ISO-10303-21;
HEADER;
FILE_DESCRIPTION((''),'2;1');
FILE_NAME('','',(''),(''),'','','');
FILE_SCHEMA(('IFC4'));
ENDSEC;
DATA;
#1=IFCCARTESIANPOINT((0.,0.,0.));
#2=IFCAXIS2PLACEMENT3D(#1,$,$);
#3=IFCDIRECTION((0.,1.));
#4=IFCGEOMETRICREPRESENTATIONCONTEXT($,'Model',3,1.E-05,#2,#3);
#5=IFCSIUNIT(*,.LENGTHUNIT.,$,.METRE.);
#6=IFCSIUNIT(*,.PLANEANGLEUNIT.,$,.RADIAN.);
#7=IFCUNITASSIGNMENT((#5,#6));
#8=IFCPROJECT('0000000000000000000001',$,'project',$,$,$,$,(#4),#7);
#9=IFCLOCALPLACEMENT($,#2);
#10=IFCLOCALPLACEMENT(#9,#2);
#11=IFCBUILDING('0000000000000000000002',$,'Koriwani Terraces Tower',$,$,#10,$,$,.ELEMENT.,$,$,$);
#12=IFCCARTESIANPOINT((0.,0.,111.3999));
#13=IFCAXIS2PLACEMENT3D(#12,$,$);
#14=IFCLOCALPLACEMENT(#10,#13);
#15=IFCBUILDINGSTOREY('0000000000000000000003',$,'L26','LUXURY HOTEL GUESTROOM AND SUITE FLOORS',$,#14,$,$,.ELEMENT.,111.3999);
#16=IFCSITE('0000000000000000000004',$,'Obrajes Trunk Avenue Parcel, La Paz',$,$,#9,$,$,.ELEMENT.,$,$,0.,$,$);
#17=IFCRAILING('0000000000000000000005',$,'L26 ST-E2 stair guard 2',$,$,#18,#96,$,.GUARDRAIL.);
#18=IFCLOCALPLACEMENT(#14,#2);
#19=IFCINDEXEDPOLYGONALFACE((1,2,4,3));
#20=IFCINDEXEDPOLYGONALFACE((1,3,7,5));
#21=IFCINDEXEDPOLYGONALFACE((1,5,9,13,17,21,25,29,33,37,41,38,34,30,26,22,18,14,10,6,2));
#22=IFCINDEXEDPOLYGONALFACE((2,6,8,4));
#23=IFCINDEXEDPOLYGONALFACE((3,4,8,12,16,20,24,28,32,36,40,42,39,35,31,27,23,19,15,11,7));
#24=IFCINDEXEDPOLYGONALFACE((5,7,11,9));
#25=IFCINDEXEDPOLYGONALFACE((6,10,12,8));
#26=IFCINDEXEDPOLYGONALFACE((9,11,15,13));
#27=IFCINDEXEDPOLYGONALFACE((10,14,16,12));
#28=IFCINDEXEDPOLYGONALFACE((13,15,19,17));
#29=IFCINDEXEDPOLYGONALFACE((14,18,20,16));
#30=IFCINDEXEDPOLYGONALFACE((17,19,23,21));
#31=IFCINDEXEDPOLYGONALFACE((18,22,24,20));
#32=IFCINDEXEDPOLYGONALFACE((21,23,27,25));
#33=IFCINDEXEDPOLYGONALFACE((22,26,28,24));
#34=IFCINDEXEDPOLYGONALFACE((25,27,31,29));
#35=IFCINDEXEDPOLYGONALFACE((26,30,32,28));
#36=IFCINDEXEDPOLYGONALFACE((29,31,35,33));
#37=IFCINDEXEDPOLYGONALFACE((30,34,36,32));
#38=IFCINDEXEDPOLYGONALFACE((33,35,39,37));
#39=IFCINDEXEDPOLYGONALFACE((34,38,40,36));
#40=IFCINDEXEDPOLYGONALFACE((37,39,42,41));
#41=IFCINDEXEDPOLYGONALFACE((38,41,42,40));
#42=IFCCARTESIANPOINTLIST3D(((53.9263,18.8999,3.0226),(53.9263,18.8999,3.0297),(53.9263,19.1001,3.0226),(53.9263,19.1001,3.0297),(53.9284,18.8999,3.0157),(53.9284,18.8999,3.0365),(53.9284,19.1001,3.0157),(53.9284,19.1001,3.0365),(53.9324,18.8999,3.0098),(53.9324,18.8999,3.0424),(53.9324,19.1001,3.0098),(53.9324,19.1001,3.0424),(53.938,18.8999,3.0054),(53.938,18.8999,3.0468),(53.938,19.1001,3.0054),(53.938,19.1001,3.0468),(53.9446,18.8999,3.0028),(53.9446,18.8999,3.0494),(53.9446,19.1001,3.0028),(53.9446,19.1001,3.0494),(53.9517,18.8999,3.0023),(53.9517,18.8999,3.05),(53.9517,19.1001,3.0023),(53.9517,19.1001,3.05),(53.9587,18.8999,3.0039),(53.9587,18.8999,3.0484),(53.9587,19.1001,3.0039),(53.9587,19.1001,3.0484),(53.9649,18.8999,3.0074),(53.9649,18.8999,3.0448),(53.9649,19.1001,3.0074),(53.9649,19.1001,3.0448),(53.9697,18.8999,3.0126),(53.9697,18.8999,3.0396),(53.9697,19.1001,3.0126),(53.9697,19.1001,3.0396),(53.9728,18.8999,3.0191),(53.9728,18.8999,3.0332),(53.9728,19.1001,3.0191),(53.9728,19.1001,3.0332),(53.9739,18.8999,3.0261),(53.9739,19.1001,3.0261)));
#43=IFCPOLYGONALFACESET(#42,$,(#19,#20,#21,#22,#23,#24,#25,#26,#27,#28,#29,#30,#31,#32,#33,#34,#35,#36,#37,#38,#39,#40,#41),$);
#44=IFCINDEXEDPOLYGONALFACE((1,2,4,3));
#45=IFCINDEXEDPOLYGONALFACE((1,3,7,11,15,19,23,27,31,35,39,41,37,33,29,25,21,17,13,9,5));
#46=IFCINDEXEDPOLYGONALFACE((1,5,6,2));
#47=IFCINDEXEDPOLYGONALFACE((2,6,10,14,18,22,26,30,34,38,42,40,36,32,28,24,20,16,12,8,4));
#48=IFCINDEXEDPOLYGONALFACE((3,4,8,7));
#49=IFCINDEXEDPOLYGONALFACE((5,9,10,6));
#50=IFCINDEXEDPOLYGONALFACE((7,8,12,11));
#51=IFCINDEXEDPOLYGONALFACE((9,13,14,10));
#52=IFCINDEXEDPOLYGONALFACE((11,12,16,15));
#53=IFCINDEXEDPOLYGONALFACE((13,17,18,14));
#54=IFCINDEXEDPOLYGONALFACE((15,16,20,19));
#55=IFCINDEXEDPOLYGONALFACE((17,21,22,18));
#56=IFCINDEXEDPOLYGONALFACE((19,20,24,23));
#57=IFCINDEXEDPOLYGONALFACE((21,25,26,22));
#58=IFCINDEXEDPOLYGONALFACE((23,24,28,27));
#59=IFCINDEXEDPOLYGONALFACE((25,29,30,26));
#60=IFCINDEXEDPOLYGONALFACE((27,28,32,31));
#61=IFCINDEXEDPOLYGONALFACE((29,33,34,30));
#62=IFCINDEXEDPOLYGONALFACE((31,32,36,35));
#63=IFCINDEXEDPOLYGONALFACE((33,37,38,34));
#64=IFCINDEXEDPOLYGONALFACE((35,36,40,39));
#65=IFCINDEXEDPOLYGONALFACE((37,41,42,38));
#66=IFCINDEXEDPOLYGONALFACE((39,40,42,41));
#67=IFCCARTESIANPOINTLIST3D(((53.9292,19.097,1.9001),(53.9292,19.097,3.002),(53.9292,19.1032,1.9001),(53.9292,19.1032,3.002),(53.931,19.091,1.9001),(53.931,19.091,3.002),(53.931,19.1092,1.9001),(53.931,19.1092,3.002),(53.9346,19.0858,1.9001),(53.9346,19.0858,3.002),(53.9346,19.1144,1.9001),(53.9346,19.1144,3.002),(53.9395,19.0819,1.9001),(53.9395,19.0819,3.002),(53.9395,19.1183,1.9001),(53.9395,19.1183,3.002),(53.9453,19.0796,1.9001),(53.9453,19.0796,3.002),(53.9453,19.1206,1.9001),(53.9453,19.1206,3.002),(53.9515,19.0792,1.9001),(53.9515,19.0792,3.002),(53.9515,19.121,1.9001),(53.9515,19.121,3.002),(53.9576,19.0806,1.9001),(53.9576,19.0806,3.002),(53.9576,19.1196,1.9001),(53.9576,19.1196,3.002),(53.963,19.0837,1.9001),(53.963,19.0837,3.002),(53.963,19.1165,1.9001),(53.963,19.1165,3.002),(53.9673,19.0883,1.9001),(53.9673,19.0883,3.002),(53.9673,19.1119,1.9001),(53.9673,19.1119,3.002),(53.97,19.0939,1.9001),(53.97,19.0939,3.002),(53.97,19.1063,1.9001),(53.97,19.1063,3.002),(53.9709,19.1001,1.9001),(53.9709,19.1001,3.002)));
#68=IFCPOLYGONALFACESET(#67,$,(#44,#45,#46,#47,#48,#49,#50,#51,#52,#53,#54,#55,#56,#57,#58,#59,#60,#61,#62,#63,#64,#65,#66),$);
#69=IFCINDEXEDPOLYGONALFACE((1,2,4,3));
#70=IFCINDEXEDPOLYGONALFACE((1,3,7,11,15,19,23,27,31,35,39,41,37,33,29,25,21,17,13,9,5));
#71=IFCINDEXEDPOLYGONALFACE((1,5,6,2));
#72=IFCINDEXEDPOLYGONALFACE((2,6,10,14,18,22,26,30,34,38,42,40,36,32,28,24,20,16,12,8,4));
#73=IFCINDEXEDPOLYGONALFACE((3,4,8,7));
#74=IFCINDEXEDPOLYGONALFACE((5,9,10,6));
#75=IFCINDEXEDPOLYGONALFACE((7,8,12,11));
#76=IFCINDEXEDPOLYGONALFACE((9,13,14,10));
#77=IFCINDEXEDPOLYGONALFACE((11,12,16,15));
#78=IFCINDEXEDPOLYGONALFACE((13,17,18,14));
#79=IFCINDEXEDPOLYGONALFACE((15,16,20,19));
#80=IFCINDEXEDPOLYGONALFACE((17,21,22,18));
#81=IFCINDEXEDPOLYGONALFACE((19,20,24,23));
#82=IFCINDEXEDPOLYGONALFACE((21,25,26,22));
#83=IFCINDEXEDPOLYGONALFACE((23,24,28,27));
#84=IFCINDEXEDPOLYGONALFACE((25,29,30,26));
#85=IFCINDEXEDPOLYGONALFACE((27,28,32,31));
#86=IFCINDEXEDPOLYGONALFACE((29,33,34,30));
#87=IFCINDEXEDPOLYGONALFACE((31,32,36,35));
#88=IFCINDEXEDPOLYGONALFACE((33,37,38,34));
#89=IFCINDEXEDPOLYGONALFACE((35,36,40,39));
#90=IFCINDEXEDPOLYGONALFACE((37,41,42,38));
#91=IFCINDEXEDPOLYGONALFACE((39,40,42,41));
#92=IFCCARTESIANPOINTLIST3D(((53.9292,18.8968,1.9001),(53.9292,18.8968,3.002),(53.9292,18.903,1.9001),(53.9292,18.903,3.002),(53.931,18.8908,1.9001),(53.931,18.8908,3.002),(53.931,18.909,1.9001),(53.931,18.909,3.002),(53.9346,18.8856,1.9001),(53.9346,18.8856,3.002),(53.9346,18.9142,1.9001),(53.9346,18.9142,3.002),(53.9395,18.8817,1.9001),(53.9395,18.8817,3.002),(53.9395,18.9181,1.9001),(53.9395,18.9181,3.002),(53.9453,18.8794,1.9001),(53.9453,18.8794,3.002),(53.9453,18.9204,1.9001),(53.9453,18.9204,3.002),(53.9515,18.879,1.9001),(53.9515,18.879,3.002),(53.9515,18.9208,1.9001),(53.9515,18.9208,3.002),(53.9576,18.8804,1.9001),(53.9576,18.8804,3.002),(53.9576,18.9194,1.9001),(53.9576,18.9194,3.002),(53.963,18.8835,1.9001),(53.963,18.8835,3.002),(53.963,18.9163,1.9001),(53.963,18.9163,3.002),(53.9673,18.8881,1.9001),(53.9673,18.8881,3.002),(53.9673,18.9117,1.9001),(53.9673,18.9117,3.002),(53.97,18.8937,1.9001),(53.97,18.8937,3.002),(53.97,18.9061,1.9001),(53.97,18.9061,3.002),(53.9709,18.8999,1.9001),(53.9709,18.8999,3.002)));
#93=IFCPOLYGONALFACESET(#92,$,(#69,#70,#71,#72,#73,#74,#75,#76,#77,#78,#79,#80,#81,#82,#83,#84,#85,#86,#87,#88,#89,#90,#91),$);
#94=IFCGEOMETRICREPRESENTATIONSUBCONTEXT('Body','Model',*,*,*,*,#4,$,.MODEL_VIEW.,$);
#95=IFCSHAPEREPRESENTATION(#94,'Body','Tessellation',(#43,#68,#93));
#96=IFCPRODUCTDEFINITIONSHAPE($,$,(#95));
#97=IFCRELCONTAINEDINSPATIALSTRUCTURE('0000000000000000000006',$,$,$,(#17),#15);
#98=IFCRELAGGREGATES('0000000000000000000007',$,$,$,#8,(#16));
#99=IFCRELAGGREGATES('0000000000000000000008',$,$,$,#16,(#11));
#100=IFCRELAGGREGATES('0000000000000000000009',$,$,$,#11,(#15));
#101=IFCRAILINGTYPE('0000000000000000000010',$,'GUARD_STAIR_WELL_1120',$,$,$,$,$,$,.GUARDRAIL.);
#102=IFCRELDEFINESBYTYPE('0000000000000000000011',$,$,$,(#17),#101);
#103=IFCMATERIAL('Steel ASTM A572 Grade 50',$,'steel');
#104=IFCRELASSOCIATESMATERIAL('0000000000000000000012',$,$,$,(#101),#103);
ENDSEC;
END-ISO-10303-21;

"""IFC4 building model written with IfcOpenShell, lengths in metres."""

from ifc_helpers import new_model, si_unit, direction, frame, origin, origin_2d, place, context, subcontext, project, spatial, circle, extrude, material, type_object, element, save


model = new_model("IFC4")

# Units and contexts
model_context = context("Model", 3, precision=1e-05, world=origin(), true_north=direction((0.0, 1.0)))
body_context = subcontext(model_context, "Body", "Model", "MODEL_VIEW")
ifc_project = project(units=[si_unit("LENGTHUNIT", "METRE"), si_unit("PLANEANGLEUNIT", "RADIAN")], contexts=[model_context])

# Site, building, storey
site_placement = place(None, origin())
site = spatial("IfcSite", under=ifc_project, at=site_placement, Name="Obrajes Trunk Avenue Parcel, La Paz", CompositionType="ELEMENT", RefElevation=0.0)
building_placement = place(site_placement, origin())
building = spatial("IfcBuilding", under=site, at=building_placement, Name="Koriwani Terraces Tower", CompositionType="ELEMENT")
storey_placement = place(building_placement, frame((0.0, 0.0, 111.3999)))
storey = spatial("IfcBuildingStorey", under=building, at=storey_placement, Name="L26", Description="LUXURY HOTEL GUESTROOM AND SUITE FLOORS", CompositionType="ELEMENT", Elevation=111.3999)

# Shared definitions
ifc_material_1 = material(Name="Steel ASTM A572 Grade 50", Category="steel")

# Railing
railing_type_1 = type_object("IfcRailingType", Name="GUARD_STAIR_WELL_1120", PredefinedType="GUARDRAIL", material=ifc_material_1)
railing_1_placement = place(storey_placement, frame((53.95, 19.1001, 1.9001)))
element("IfcRailing", 1, at=railing_1_placement, inside=storey, type_object=railing_type_1, Name="L26 ST-E2 stair guard 2", PredefinedType="GUARDRAIL", context=body_context, shape_type="SweptSolid", body=[
    extrude(circle(Radius=0.0239, at=origin_2d()), frame((0.0, 0.0, 1.126), z_axis=(0.0, -1.0, 0.0), x_axis=(1.0, 0.0, 0.0)), (0.0, 0.0, 1.0), 0.2002),
    extrude(circle(Radius=0.021, at=origin_2d()), origin(), (0.0, 0.0, 1.0), 1.1018),
    extrude(circle(Radius=0.021, at=origin_2d()), frame((0.0, -0.2002, 0.0)), (0.0, 0.0, 1.0), 1.1018),
])

save(model, "model.ifc")
